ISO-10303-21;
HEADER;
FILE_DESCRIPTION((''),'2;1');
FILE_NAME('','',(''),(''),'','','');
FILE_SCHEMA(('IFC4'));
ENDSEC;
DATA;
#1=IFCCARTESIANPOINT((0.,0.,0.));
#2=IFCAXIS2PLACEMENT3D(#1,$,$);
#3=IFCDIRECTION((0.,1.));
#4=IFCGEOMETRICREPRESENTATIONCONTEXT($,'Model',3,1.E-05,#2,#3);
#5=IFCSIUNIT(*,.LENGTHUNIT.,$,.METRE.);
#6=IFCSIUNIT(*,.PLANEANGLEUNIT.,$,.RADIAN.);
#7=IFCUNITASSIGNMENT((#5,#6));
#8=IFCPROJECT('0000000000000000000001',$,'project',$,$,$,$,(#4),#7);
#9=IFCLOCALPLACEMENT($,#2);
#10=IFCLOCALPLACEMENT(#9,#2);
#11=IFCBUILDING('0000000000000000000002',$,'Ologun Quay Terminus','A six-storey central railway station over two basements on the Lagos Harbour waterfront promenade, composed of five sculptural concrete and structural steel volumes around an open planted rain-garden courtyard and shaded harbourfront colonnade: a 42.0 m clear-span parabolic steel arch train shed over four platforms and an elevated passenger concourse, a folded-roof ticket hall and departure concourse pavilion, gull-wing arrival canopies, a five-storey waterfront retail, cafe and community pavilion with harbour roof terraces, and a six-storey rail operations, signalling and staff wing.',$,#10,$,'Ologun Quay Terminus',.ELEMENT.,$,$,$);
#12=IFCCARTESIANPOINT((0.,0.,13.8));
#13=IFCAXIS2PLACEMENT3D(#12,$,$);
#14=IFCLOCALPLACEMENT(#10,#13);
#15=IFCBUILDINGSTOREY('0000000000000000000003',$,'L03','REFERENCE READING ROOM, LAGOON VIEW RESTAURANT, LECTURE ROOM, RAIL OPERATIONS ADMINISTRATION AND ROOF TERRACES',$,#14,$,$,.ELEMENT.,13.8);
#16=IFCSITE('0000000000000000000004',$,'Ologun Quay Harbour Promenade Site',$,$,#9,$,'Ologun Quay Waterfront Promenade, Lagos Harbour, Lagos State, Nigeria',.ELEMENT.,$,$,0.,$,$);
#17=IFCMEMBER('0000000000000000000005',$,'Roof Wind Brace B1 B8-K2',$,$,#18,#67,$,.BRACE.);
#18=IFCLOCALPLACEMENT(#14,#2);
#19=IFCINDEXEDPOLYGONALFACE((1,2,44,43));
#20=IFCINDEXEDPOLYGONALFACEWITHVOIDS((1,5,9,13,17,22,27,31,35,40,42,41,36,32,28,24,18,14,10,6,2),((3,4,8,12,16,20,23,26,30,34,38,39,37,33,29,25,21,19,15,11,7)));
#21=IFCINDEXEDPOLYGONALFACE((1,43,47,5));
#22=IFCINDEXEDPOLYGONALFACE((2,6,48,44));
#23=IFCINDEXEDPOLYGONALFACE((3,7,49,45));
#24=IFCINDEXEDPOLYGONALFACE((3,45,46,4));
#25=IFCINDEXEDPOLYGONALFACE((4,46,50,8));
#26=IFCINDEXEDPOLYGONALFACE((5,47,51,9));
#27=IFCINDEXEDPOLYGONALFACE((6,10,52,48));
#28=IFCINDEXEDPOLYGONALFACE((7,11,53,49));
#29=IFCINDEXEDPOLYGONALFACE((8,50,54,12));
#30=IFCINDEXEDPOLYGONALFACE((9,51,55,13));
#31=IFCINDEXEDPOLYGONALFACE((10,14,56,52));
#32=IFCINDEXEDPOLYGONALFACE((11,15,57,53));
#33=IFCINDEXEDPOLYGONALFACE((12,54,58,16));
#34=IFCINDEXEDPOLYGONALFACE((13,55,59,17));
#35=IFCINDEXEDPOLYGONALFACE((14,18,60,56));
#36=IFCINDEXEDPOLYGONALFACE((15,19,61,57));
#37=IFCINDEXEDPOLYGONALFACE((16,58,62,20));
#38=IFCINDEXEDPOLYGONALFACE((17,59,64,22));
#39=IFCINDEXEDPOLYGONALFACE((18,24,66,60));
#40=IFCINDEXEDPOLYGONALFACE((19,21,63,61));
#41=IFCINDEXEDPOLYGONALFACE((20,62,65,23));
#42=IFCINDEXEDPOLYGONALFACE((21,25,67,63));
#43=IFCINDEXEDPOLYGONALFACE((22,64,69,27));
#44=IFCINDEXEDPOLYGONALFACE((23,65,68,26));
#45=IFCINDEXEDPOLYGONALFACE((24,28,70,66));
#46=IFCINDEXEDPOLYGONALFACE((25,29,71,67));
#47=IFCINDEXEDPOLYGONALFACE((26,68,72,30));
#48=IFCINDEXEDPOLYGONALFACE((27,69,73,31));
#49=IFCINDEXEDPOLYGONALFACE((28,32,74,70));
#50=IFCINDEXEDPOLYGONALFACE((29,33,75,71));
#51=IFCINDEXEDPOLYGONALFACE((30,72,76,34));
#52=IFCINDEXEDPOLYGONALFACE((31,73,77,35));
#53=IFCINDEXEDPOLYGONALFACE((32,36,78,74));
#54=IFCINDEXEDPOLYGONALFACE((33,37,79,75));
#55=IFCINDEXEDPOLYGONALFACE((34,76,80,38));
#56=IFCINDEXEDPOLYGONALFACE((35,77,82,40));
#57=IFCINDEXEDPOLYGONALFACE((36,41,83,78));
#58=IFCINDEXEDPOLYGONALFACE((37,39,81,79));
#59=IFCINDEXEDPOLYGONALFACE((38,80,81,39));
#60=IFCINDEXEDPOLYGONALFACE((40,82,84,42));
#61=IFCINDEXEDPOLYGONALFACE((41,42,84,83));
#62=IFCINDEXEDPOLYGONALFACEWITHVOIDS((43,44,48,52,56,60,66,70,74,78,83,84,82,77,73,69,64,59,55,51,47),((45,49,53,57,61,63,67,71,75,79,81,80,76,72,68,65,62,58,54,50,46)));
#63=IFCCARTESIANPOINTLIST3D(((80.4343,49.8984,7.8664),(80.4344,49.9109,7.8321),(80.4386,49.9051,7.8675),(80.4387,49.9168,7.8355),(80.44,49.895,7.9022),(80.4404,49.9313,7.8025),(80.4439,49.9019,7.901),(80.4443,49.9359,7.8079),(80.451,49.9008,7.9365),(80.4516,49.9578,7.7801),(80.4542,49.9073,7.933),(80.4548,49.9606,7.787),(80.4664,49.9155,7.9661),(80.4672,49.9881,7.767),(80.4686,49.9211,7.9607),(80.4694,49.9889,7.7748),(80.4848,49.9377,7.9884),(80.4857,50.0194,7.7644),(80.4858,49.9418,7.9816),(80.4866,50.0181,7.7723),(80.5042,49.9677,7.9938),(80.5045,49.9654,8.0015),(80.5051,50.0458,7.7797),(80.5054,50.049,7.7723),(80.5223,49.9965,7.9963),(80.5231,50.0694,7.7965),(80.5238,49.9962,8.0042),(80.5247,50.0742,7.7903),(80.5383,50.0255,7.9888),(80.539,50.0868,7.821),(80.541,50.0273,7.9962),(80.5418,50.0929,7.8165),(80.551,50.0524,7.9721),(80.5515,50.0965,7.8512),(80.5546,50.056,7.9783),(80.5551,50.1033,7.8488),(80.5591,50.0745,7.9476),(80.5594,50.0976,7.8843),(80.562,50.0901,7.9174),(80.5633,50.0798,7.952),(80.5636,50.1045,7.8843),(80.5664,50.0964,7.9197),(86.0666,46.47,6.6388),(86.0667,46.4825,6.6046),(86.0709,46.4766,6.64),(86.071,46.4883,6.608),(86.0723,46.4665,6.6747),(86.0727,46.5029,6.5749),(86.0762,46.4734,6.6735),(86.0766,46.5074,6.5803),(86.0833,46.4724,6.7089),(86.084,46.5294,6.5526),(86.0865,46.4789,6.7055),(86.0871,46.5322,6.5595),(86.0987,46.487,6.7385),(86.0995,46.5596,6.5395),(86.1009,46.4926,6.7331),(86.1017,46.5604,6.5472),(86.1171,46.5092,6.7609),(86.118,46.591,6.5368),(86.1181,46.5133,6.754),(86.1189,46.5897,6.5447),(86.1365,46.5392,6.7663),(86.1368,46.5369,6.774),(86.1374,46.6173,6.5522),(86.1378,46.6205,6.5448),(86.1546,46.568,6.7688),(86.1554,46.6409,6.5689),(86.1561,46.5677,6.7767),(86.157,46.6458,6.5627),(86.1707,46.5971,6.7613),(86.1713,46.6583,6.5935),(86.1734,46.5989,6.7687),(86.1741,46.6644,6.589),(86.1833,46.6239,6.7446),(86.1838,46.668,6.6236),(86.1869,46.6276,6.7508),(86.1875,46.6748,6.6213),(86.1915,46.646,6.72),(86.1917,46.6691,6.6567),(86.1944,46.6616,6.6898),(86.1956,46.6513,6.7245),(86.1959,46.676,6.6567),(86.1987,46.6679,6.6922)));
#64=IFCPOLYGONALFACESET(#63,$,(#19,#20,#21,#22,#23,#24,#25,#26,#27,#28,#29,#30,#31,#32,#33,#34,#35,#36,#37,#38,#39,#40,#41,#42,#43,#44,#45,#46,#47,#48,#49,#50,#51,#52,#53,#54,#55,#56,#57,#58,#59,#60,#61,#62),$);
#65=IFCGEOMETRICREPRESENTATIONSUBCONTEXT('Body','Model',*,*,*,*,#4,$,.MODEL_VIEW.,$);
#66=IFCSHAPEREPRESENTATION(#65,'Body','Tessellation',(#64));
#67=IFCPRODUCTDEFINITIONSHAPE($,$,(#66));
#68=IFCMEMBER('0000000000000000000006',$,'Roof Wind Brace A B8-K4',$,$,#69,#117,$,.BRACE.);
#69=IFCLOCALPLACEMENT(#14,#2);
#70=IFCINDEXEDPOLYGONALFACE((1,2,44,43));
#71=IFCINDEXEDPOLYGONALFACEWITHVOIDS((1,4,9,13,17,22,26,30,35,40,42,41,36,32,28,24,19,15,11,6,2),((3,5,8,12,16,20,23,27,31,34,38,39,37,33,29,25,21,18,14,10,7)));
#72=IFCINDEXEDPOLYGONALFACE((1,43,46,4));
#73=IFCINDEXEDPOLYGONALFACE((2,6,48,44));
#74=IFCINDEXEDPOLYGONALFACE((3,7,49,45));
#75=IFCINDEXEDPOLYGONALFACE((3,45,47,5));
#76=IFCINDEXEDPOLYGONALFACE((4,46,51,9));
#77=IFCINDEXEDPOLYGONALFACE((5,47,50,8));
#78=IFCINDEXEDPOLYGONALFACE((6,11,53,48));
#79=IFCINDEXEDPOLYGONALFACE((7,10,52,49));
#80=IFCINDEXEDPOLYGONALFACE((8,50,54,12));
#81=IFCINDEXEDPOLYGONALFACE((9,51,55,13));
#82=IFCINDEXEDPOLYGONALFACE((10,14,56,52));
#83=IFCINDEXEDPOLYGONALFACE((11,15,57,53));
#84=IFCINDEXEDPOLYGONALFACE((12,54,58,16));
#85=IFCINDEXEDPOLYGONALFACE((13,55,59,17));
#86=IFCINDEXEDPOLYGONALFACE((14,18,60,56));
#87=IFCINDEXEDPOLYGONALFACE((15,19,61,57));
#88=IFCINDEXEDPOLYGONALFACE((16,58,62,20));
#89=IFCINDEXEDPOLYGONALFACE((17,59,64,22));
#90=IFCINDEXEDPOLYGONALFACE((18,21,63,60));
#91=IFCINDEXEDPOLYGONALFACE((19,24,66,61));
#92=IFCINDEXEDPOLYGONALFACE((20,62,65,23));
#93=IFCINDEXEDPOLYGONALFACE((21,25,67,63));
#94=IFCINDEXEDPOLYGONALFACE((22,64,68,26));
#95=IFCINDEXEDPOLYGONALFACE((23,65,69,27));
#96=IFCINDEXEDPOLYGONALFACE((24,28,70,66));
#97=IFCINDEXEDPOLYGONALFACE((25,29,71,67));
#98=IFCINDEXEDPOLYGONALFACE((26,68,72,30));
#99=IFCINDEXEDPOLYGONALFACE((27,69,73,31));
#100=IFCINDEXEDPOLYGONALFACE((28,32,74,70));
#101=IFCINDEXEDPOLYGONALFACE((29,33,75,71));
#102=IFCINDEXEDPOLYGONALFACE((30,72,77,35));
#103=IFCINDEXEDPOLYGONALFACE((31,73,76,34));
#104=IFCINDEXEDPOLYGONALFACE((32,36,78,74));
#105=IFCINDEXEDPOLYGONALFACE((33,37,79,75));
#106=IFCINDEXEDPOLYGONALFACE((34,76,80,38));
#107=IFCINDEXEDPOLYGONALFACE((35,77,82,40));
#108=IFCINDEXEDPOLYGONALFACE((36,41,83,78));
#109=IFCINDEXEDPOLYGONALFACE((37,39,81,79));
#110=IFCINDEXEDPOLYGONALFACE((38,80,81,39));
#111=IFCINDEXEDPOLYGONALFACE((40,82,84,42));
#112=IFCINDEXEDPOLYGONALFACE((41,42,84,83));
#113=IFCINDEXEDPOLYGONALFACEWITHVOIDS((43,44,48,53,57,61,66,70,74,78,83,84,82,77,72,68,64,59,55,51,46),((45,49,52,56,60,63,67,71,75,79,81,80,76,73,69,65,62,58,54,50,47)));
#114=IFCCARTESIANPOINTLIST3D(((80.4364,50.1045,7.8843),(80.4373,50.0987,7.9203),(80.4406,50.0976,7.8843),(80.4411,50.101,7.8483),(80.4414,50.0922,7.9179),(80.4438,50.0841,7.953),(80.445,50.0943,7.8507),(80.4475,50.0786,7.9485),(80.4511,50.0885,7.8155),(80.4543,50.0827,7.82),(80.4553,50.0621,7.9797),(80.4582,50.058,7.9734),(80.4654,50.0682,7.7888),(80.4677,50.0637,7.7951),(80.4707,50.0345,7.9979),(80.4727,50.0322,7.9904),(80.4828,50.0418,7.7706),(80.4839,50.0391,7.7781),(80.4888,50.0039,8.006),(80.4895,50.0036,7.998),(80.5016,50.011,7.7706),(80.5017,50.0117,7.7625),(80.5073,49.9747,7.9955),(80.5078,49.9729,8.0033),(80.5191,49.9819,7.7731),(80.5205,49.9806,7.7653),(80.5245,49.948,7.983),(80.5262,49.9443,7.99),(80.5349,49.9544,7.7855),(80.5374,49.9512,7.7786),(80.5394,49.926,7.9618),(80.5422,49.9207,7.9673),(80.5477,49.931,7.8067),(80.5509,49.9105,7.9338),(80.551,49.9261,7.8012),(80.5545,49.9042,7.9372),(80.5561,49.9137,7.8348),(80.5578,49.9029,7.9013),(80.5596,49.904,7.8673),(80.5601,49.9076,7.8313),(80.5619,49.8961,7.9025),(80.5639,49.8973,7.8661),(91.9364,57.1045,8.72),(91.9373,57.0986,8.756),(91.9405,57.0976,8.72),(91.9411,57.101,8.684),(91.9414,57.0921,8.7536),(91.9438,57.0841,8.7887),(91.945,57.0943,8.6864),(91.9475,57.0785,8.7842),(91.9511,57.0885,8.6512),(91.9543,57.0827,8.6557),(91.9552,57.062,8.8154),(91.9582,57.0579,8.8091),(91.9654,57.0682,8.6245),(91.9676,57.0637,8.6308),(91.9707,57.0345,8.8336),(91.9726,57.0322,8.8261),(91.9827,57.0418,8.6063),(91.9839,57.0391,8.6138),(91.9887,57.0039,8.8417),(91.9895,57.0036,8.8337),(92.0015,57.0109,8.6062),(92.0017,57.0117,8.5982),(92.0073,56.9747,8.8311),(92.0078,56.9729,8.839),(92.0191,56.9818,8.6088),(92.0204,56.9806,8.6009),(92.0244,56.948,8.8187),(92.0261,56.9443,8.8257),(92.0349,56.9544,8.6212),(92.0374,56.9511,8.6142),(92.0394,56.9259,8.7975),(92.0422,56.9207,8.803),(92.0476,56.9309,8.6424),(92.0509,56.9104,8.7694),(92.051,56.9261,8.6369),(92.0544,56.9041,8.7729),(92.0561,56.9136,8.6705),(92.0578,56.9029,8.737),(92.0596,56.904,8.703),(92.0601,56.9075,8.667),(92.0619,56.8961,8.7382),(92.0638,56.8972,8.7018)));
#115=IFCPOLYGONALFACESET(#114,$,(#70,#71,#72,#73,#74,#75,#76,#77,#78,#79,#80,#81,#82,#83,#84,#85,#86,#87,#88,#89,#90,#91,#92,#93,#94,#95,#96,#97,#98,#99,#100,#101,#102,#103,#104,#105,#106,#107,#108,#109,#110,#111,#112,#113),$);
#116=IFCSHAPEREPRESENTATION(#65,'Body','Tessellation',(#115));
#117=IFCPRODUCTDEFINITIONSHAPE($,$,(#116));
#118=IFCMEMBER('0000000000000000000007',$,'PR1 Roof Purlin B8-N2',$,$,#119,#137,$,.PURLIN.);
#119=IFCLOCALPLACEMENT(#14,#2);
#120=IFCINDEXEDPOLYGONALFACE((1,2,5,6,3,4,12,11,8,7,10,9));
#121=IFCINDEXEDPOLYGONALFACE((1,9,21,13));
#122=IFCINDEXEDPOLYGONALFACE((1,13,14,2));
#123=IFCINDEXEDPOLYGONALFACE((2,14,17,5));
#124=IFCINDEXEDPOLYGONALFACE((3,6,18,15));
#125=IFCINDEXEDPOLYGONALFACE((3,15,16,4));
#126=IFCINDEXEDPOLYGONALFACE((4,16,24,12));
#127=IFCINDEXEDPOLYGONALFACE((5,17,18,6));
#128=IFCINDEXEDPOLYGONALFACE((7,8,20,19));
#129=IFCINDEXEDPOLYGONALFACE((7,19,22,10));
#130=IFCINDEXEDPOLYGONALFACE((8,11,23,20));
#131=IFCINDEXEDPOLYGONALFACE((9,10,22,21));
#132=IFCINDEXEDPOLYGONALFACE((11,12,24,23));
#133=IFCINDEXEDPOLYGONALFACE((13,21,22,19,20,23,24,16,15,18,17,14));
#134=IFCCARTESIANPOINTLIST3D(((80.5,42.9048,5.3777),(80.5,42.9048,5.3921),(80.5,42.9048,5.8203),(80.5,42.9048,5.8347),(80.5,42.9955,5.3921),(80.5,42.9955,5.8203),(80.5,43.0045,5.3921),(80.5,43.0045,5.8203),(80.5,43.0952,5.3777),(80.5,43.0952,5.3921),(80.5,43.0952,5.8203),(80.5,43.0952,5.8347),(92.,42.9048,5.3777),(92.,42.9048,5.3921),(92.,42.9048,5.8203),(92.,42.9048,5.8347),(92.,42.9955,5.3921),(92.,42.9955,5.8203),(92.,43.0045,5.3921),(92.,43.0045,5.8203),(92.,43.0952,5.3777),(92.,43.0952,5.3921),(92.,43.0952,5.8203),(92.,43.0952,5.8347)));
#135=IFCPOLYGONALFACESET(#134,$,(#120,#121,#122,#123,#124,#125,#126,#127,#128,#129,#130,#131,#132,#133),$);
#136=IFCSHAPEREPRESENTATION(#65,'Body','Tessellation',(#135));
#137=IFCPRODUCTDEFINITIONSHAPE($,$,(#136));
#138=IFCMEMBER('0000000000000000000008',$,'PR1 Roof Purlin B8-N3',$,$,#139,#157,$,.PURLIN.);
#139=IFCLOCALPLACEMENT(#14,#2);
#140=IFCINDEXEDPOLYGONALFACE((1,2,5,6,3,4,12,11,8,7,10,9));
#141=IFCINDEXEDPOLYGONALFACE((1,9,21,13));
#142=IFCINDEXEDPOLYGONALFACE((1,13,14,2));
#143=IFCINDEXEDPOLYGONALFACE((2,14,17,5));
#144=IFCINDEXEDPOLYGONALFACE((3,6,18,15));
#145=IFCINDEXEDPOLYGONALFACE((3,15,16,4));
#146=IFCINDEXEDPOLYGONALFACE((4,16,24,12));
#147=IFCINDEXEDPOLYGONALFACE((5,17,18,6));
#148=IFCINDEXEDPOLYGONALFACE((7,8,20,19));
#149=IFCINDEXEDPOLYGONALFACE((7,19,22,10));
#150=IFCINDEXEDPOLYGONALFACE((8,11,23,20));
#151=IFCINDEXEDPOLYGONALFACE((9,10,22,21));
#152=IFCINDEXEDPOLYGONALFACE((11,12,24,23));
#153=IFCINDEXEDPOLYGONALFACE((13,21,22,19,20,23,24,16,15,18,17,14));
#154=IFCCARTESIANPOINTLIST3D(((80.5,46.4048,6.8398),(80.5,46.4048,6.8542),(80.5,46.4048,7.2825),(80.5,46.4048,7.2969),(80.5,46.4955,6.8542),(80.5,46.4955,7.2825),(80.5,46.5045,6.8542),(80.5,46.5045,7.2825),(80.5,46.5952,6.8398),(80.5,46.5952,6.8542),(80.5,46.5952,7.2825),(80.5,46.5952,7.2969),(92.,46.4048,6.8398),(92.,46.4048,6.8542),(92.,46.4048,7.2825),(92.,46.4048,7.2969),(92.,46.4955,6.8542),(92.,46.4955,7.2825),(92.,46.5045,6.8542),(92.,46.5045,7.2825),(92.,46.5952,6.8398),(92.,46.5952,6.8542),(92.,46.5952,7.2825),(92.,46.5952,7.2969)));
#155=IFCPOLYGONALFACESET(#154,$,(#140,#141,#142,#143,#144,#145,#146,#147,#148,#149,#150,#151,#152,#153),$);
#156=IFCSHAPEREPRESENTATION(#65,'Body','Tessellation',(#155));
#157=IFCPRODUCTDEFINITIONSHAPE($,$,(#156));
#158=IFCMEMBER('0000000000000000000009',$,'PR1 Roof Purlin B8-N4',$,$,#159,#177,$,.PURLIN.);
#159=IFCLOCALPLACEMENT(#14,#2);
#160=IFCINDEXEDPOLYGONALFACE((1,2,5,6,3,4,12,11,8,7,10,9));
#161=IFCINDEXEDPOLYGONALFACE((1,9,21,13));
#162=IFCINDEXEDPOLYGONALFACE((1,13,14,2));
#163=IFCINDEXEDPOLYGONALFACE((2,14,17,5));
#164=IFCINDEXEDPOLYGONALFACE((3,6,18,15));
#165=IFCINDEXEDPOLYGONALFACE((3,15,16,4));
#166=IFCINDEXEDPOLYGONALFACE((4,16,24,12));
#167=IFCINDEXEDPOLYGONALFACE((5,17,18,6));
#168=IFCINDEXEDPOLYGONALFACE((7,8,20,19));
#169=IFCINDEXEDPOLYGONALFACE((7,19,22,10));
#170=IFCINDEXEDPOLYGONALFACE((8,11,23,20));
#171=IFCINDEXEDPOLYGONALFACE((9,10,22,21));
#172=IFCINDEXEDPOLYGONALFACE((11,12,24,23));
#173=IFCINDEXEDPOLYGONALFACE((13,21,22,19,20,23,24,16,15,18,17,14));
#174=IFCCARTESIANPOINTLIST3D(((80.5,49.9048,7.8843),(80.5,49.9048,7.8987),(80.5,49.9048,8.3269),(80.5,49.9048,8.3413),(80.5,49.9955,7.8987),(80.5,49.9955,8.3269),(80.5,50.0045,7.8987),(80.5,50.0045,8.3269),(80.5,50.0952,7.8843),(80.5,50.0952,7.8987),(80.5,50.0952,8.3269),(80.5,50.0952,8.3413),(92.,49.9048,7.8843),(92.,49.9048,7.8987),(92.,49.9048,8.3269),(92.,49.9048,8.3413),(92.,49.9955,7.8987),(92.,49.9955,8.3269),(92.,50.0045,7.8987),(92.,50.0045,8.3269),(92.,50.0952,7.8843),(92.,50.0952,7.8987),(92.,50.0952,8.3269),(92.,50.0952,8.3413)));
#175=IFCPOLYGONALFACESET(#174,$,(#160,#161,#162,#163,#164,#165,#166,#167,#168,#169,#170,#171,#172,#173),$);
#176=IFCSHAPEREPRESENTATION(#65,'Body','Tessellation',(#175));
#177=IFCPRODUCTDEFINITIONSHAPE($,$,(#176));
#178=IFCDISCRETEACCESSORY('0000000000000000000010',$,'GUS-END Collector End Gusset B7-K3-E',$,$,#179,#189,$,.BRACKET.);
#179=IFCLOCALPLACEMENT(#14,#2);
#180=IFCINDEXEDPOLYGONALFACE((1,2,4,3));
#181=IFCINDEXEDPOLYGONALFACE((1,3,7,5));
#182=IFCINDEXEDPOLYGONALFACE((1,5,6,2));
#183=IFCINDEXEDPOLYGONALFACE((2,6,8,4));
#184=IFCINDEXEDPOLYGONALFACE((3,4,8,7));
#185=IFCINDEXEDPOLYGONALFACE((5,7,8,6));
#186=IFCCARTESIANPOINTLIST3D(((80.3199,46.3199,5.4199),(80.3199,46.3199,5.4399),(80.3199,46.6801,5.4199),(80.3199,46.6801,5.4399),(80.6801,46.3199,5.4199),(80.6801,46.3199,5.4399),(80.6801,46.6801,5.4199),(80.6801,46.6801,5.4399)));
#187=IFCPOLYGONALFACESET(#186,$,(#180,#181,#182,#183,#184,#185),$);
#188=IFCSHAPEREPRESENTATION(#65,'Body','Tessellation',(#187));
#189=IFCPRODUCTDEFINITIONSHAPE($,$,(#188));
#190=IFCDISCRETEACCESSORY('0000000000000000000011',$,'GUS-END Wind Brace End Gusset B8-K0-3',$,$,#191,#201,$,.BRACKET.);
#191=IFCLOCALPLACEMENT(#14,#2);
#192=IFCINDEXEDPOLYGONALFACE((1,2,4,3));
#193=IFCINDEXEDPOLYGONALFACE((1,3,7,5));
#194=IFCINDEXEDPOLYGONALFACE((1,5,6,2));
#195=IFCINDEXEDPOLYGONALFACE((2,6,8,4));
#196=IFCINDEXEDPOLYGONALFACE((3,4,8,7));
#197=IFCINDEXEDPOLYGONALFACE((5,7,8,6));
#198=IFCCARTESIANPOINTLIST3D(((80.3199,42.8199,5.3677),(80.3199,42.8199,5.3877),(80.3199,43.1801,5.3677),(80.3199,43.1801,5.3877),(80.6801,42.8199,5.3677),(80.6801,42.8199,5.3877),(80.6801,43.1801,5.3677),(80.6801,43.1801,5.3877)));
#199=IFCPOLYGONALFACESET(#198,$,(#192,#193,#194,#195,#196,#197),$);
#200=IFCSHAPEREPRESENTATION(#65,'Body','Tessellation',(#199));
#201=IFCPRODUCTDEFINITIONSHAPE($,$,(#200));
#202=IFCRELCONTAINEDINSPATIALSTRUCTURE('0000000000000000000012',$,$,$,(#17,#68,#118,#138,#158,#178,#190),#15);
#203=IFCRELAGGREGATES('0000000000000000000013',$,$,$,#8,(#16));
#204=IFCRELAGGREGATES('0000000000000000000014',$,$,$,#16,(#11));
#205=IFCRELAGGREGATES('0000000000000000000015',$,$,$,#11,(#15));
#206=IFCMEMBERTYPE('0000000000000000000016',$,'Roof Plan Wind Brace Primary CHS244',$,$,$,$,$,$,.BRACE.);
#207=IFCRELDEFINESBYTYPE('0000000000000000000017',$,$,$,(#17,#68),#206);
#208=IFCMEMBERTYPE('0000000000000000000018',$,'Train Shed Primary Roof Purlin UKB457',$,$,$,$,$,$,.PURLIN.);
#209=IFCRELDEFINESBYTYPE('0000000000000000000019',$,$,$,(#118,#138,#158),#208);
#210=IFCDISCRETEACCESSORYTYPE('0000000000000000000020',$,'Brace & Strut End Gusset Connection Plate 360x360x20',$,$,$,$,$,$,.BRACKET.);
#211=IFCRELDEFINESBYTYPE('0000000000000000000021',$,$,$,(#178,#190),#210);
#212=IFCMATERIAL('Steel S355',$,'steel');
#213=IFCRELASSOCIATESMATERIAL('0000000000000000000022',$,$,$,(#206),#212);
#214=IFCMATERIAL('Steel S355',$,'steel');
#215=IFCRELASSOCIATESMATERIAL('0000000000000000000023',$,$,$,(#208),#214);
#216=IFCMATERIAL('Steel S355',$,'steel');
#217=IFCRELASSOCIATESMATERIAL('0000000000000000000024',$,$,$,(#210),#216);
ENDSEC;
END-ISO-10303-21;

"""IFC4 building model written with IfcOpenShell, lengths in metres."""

from ifc_helpers import new_model, si_unit, direction, frame, origin, origin_2d, place, context, subcontext, project, spatial, rectangle, hollow_circle, i_section, extrude, material, material_profile, profile_set, type_object, element, save


model = new_model("IFC4")

# Units and contexts
model_context = context("Model", 3, precision=1e-05, world=origin(), true_north=direction((0.0, 1.0)))
body_context = subcontext(model_context, "Body", "Model", "MODEL_VIEW")
ifc_project = project(units=[si_unit("LENGTHUNIT", "METRE"), si_unit("PLANEANGLEUNIT", "RADIAN")], contexts=[model_context])

# Site, building, storey
site_placement = place(None, origin())
site = spatial("IfcSite", under=ifc_project, at=site_placement, Name="Ologun Quay Harbour Promenade Site", LongName="Ologun Quay Waterfront Promenade, Lagos Harbour, Lagos State, Nigeria", CompositionType="ELEMENT", RefElevation=0.0)
building_placement = place(site_placement, origin())
building = spatial("IfcBuilding", under=site, at=building_placement, Name="Ologun Quay Terminus", Description="A six-storey central railway station over two basements on the Lagos Harbour waterfront promenade, composed of five sculptural concrete and structural steel volumes around an open planted rain-garden courtyard and shaded harbourfront colonnade: a 42.0 m clear-span parabolic steel arch train shed over four platforms and an elevated passenger concourse, a folded-roof ticket hall and departure concourse pavilion, gull-wing arrival canopies, a five-storey waterfront retail, cafe and community pavilion with harbour roof terraces, and a six-storey rail operations, signalling and staff wing.", LongName="Ologun Quay Terminus", CompositionType="ELEMENT")
storey_placement = place(building_placement, frame((0.0, 0.0, 13.8)))
storey = spatial("IfcBuildingStorey", under=building, at=storey_placement, Name="L03", Description="REFERENCE READING ROOM, LAGOON VIEW RESTAURANT, LECTURE ROOM, RAIL OPERATIONS ADMINISTRATION AND ROOF TERRACES", CompositionType="ELEMENT", Elevation=13.8)

# Members
ifc_material_1 = material(Name="Steel S355", Category="steel")
ifc_material_profile_1 = material_profile(ifc_material_1, hollow_circle(Radius=0.1223, WallThickness=0.0081, at=origin_2d()), Name="CHS 244.5x8")
ifc_profile_set_1 = profile_set([ifc_material_profile_1], Name="Steel S355")
member_type_1 = type_object("IfcMemberType", Name="Roof Plan Wind Brace Primary CHS244", PredefinedType="BRACE", material=ifc_profile_set_1)
member_1_placement = place(storey_placement, frame((80.5, 50.0, 7.8843), z_axis=(0.839764, -0.511175, -0.183023), x_axis=(0.519958, 0.854192, 0.0)))
element("IfcMember", 1, at=member_1_placement, inside=storey, type_object=member_type_1, Name="Roof Wind Brace B1 B8-K2", PredefinedType="BRACE", context=body_context, shape_type="SweptSolid", body=[
    extrude(hollow_circle(Radius=0.1223, WallThickness=0.0081, at=origin_2d()), origin(), (0.0, 0.0, 1.0), 6.707),
])
member_2_placement = place(storey_placement, frame((80.5, 50.0, 7.8843), z_axis=(0.852558, 0.518948, 0.061954), x_axis=(-0.519947, 0.854199, 0.0)))
element("IfcMember", 2, at=member_2_placement, inside=storey, type_object=member_type_1, Name="Roof Wind Brace A B8-K4", PredefinedType="BRACE", context=body_context, shape_type="SweptSolid", body=[
    extrude(hollow_circle(Radius=0.1223, WallThickness=0.0081, at=origin_2d()), origin(), (0.0, 0.0, 1.0), 13.4888),
])
ifc_material_2 = material(Name="Steel S355", Category="steel")
ifc_material_profile_2 = material_profile(ifc_material_2, i_section(OverallWidth=0.1904, OverallDepth=0.457, WebThickness=0.009, FlangeThickness=0.0144, at=origin_2d()), Name="UKB 457x191x74")
ifc_profile_set_2 = profile_set([ifc_material_profile_2], Name="Steel S355")
member_type_2 = type_object("IfcMemberType", Name="Train Shed Primary Roof Purlin UKB457", PredefinedType="PURLIN", material=ifc_profile_set_2)
for number, where, z_axis, x_axis, name in (
    (3, (80.5, 43.0, 5.6062), (1.0, 0.0, 0.0), (0.0, 1.0, 0.0), "PR1 Roof Purlin B8-N2"),
    (4, (80.5, 46.5, 7.0684), (1.0, 0.0, 0.0), (0.0, 1.0, 0.0), "PR1 Roof Purlin B8-N3"),
    (5, (80.5, 50.0, 8.1128), (1.0, 0.0, 0.0), (0.0, 1.0, 0.0), "PR1 Roof Purlin B8-N4"),
):
    element("IfcMember", number, at=place(storey_placement, frame(where, z_axis=z_axis, x_axis=x_axis)), inside=storey, type_object=member_type_2, Name=name, PredefinedType="PURLIN", context=body_context, shape_type="SweptSolid", body=[
        extrude(i_section(OverallWidth=0.1904, OverallDepth=0.457, WebThickness=0.009, FlangeThickness=0.0144, at=origin_2d()), origin(), (0.0, 0.0, 1.0), 11.5),
    ])

# Discrete accessories
ifc_material_3 = material(Name="Steel S355", Category="steel")
discrete_accessory_type = type_object("IfcDiscreteAccessoryType", Name="Brace & Strut End Gusset Connection Plate 360x360x20", PredefinedType="BRACKET", material=ifc_material_3)
for number, where, z_axis, x_axis, name in (
    (6, (80.5, 46.5, 5.4199), (0.0, 0.0, 1.0), (1.0, 0.0, 0.0), "GUS-END Collector End Gusset B7-K3-E"),
    (7, (80.5, 43.0, 5.3677), (0.0, 0.0, 1.0), (1.0, 0.0, 0.0), "GUS-END Wind Brace End Gusset B8-K0-3"),
):
    element("IfcDiscreteAccessory", number, at=place(storey_placement, frame(where, z_axis=z_axis, x_axis=x_axis)), inside=storey, type_object=discrete_accessory_type, Name=name, PredefinedType="BRACKET", context=body_context, shape_type="SweptSolid", body=[
        extrude(rectangle(XDim=0.3601, YDim=0.3601, at=origin_2d()), origin(), (0.0, 0.0, 1.0), 0.02),
    ])

save(model, "model.ifc")
